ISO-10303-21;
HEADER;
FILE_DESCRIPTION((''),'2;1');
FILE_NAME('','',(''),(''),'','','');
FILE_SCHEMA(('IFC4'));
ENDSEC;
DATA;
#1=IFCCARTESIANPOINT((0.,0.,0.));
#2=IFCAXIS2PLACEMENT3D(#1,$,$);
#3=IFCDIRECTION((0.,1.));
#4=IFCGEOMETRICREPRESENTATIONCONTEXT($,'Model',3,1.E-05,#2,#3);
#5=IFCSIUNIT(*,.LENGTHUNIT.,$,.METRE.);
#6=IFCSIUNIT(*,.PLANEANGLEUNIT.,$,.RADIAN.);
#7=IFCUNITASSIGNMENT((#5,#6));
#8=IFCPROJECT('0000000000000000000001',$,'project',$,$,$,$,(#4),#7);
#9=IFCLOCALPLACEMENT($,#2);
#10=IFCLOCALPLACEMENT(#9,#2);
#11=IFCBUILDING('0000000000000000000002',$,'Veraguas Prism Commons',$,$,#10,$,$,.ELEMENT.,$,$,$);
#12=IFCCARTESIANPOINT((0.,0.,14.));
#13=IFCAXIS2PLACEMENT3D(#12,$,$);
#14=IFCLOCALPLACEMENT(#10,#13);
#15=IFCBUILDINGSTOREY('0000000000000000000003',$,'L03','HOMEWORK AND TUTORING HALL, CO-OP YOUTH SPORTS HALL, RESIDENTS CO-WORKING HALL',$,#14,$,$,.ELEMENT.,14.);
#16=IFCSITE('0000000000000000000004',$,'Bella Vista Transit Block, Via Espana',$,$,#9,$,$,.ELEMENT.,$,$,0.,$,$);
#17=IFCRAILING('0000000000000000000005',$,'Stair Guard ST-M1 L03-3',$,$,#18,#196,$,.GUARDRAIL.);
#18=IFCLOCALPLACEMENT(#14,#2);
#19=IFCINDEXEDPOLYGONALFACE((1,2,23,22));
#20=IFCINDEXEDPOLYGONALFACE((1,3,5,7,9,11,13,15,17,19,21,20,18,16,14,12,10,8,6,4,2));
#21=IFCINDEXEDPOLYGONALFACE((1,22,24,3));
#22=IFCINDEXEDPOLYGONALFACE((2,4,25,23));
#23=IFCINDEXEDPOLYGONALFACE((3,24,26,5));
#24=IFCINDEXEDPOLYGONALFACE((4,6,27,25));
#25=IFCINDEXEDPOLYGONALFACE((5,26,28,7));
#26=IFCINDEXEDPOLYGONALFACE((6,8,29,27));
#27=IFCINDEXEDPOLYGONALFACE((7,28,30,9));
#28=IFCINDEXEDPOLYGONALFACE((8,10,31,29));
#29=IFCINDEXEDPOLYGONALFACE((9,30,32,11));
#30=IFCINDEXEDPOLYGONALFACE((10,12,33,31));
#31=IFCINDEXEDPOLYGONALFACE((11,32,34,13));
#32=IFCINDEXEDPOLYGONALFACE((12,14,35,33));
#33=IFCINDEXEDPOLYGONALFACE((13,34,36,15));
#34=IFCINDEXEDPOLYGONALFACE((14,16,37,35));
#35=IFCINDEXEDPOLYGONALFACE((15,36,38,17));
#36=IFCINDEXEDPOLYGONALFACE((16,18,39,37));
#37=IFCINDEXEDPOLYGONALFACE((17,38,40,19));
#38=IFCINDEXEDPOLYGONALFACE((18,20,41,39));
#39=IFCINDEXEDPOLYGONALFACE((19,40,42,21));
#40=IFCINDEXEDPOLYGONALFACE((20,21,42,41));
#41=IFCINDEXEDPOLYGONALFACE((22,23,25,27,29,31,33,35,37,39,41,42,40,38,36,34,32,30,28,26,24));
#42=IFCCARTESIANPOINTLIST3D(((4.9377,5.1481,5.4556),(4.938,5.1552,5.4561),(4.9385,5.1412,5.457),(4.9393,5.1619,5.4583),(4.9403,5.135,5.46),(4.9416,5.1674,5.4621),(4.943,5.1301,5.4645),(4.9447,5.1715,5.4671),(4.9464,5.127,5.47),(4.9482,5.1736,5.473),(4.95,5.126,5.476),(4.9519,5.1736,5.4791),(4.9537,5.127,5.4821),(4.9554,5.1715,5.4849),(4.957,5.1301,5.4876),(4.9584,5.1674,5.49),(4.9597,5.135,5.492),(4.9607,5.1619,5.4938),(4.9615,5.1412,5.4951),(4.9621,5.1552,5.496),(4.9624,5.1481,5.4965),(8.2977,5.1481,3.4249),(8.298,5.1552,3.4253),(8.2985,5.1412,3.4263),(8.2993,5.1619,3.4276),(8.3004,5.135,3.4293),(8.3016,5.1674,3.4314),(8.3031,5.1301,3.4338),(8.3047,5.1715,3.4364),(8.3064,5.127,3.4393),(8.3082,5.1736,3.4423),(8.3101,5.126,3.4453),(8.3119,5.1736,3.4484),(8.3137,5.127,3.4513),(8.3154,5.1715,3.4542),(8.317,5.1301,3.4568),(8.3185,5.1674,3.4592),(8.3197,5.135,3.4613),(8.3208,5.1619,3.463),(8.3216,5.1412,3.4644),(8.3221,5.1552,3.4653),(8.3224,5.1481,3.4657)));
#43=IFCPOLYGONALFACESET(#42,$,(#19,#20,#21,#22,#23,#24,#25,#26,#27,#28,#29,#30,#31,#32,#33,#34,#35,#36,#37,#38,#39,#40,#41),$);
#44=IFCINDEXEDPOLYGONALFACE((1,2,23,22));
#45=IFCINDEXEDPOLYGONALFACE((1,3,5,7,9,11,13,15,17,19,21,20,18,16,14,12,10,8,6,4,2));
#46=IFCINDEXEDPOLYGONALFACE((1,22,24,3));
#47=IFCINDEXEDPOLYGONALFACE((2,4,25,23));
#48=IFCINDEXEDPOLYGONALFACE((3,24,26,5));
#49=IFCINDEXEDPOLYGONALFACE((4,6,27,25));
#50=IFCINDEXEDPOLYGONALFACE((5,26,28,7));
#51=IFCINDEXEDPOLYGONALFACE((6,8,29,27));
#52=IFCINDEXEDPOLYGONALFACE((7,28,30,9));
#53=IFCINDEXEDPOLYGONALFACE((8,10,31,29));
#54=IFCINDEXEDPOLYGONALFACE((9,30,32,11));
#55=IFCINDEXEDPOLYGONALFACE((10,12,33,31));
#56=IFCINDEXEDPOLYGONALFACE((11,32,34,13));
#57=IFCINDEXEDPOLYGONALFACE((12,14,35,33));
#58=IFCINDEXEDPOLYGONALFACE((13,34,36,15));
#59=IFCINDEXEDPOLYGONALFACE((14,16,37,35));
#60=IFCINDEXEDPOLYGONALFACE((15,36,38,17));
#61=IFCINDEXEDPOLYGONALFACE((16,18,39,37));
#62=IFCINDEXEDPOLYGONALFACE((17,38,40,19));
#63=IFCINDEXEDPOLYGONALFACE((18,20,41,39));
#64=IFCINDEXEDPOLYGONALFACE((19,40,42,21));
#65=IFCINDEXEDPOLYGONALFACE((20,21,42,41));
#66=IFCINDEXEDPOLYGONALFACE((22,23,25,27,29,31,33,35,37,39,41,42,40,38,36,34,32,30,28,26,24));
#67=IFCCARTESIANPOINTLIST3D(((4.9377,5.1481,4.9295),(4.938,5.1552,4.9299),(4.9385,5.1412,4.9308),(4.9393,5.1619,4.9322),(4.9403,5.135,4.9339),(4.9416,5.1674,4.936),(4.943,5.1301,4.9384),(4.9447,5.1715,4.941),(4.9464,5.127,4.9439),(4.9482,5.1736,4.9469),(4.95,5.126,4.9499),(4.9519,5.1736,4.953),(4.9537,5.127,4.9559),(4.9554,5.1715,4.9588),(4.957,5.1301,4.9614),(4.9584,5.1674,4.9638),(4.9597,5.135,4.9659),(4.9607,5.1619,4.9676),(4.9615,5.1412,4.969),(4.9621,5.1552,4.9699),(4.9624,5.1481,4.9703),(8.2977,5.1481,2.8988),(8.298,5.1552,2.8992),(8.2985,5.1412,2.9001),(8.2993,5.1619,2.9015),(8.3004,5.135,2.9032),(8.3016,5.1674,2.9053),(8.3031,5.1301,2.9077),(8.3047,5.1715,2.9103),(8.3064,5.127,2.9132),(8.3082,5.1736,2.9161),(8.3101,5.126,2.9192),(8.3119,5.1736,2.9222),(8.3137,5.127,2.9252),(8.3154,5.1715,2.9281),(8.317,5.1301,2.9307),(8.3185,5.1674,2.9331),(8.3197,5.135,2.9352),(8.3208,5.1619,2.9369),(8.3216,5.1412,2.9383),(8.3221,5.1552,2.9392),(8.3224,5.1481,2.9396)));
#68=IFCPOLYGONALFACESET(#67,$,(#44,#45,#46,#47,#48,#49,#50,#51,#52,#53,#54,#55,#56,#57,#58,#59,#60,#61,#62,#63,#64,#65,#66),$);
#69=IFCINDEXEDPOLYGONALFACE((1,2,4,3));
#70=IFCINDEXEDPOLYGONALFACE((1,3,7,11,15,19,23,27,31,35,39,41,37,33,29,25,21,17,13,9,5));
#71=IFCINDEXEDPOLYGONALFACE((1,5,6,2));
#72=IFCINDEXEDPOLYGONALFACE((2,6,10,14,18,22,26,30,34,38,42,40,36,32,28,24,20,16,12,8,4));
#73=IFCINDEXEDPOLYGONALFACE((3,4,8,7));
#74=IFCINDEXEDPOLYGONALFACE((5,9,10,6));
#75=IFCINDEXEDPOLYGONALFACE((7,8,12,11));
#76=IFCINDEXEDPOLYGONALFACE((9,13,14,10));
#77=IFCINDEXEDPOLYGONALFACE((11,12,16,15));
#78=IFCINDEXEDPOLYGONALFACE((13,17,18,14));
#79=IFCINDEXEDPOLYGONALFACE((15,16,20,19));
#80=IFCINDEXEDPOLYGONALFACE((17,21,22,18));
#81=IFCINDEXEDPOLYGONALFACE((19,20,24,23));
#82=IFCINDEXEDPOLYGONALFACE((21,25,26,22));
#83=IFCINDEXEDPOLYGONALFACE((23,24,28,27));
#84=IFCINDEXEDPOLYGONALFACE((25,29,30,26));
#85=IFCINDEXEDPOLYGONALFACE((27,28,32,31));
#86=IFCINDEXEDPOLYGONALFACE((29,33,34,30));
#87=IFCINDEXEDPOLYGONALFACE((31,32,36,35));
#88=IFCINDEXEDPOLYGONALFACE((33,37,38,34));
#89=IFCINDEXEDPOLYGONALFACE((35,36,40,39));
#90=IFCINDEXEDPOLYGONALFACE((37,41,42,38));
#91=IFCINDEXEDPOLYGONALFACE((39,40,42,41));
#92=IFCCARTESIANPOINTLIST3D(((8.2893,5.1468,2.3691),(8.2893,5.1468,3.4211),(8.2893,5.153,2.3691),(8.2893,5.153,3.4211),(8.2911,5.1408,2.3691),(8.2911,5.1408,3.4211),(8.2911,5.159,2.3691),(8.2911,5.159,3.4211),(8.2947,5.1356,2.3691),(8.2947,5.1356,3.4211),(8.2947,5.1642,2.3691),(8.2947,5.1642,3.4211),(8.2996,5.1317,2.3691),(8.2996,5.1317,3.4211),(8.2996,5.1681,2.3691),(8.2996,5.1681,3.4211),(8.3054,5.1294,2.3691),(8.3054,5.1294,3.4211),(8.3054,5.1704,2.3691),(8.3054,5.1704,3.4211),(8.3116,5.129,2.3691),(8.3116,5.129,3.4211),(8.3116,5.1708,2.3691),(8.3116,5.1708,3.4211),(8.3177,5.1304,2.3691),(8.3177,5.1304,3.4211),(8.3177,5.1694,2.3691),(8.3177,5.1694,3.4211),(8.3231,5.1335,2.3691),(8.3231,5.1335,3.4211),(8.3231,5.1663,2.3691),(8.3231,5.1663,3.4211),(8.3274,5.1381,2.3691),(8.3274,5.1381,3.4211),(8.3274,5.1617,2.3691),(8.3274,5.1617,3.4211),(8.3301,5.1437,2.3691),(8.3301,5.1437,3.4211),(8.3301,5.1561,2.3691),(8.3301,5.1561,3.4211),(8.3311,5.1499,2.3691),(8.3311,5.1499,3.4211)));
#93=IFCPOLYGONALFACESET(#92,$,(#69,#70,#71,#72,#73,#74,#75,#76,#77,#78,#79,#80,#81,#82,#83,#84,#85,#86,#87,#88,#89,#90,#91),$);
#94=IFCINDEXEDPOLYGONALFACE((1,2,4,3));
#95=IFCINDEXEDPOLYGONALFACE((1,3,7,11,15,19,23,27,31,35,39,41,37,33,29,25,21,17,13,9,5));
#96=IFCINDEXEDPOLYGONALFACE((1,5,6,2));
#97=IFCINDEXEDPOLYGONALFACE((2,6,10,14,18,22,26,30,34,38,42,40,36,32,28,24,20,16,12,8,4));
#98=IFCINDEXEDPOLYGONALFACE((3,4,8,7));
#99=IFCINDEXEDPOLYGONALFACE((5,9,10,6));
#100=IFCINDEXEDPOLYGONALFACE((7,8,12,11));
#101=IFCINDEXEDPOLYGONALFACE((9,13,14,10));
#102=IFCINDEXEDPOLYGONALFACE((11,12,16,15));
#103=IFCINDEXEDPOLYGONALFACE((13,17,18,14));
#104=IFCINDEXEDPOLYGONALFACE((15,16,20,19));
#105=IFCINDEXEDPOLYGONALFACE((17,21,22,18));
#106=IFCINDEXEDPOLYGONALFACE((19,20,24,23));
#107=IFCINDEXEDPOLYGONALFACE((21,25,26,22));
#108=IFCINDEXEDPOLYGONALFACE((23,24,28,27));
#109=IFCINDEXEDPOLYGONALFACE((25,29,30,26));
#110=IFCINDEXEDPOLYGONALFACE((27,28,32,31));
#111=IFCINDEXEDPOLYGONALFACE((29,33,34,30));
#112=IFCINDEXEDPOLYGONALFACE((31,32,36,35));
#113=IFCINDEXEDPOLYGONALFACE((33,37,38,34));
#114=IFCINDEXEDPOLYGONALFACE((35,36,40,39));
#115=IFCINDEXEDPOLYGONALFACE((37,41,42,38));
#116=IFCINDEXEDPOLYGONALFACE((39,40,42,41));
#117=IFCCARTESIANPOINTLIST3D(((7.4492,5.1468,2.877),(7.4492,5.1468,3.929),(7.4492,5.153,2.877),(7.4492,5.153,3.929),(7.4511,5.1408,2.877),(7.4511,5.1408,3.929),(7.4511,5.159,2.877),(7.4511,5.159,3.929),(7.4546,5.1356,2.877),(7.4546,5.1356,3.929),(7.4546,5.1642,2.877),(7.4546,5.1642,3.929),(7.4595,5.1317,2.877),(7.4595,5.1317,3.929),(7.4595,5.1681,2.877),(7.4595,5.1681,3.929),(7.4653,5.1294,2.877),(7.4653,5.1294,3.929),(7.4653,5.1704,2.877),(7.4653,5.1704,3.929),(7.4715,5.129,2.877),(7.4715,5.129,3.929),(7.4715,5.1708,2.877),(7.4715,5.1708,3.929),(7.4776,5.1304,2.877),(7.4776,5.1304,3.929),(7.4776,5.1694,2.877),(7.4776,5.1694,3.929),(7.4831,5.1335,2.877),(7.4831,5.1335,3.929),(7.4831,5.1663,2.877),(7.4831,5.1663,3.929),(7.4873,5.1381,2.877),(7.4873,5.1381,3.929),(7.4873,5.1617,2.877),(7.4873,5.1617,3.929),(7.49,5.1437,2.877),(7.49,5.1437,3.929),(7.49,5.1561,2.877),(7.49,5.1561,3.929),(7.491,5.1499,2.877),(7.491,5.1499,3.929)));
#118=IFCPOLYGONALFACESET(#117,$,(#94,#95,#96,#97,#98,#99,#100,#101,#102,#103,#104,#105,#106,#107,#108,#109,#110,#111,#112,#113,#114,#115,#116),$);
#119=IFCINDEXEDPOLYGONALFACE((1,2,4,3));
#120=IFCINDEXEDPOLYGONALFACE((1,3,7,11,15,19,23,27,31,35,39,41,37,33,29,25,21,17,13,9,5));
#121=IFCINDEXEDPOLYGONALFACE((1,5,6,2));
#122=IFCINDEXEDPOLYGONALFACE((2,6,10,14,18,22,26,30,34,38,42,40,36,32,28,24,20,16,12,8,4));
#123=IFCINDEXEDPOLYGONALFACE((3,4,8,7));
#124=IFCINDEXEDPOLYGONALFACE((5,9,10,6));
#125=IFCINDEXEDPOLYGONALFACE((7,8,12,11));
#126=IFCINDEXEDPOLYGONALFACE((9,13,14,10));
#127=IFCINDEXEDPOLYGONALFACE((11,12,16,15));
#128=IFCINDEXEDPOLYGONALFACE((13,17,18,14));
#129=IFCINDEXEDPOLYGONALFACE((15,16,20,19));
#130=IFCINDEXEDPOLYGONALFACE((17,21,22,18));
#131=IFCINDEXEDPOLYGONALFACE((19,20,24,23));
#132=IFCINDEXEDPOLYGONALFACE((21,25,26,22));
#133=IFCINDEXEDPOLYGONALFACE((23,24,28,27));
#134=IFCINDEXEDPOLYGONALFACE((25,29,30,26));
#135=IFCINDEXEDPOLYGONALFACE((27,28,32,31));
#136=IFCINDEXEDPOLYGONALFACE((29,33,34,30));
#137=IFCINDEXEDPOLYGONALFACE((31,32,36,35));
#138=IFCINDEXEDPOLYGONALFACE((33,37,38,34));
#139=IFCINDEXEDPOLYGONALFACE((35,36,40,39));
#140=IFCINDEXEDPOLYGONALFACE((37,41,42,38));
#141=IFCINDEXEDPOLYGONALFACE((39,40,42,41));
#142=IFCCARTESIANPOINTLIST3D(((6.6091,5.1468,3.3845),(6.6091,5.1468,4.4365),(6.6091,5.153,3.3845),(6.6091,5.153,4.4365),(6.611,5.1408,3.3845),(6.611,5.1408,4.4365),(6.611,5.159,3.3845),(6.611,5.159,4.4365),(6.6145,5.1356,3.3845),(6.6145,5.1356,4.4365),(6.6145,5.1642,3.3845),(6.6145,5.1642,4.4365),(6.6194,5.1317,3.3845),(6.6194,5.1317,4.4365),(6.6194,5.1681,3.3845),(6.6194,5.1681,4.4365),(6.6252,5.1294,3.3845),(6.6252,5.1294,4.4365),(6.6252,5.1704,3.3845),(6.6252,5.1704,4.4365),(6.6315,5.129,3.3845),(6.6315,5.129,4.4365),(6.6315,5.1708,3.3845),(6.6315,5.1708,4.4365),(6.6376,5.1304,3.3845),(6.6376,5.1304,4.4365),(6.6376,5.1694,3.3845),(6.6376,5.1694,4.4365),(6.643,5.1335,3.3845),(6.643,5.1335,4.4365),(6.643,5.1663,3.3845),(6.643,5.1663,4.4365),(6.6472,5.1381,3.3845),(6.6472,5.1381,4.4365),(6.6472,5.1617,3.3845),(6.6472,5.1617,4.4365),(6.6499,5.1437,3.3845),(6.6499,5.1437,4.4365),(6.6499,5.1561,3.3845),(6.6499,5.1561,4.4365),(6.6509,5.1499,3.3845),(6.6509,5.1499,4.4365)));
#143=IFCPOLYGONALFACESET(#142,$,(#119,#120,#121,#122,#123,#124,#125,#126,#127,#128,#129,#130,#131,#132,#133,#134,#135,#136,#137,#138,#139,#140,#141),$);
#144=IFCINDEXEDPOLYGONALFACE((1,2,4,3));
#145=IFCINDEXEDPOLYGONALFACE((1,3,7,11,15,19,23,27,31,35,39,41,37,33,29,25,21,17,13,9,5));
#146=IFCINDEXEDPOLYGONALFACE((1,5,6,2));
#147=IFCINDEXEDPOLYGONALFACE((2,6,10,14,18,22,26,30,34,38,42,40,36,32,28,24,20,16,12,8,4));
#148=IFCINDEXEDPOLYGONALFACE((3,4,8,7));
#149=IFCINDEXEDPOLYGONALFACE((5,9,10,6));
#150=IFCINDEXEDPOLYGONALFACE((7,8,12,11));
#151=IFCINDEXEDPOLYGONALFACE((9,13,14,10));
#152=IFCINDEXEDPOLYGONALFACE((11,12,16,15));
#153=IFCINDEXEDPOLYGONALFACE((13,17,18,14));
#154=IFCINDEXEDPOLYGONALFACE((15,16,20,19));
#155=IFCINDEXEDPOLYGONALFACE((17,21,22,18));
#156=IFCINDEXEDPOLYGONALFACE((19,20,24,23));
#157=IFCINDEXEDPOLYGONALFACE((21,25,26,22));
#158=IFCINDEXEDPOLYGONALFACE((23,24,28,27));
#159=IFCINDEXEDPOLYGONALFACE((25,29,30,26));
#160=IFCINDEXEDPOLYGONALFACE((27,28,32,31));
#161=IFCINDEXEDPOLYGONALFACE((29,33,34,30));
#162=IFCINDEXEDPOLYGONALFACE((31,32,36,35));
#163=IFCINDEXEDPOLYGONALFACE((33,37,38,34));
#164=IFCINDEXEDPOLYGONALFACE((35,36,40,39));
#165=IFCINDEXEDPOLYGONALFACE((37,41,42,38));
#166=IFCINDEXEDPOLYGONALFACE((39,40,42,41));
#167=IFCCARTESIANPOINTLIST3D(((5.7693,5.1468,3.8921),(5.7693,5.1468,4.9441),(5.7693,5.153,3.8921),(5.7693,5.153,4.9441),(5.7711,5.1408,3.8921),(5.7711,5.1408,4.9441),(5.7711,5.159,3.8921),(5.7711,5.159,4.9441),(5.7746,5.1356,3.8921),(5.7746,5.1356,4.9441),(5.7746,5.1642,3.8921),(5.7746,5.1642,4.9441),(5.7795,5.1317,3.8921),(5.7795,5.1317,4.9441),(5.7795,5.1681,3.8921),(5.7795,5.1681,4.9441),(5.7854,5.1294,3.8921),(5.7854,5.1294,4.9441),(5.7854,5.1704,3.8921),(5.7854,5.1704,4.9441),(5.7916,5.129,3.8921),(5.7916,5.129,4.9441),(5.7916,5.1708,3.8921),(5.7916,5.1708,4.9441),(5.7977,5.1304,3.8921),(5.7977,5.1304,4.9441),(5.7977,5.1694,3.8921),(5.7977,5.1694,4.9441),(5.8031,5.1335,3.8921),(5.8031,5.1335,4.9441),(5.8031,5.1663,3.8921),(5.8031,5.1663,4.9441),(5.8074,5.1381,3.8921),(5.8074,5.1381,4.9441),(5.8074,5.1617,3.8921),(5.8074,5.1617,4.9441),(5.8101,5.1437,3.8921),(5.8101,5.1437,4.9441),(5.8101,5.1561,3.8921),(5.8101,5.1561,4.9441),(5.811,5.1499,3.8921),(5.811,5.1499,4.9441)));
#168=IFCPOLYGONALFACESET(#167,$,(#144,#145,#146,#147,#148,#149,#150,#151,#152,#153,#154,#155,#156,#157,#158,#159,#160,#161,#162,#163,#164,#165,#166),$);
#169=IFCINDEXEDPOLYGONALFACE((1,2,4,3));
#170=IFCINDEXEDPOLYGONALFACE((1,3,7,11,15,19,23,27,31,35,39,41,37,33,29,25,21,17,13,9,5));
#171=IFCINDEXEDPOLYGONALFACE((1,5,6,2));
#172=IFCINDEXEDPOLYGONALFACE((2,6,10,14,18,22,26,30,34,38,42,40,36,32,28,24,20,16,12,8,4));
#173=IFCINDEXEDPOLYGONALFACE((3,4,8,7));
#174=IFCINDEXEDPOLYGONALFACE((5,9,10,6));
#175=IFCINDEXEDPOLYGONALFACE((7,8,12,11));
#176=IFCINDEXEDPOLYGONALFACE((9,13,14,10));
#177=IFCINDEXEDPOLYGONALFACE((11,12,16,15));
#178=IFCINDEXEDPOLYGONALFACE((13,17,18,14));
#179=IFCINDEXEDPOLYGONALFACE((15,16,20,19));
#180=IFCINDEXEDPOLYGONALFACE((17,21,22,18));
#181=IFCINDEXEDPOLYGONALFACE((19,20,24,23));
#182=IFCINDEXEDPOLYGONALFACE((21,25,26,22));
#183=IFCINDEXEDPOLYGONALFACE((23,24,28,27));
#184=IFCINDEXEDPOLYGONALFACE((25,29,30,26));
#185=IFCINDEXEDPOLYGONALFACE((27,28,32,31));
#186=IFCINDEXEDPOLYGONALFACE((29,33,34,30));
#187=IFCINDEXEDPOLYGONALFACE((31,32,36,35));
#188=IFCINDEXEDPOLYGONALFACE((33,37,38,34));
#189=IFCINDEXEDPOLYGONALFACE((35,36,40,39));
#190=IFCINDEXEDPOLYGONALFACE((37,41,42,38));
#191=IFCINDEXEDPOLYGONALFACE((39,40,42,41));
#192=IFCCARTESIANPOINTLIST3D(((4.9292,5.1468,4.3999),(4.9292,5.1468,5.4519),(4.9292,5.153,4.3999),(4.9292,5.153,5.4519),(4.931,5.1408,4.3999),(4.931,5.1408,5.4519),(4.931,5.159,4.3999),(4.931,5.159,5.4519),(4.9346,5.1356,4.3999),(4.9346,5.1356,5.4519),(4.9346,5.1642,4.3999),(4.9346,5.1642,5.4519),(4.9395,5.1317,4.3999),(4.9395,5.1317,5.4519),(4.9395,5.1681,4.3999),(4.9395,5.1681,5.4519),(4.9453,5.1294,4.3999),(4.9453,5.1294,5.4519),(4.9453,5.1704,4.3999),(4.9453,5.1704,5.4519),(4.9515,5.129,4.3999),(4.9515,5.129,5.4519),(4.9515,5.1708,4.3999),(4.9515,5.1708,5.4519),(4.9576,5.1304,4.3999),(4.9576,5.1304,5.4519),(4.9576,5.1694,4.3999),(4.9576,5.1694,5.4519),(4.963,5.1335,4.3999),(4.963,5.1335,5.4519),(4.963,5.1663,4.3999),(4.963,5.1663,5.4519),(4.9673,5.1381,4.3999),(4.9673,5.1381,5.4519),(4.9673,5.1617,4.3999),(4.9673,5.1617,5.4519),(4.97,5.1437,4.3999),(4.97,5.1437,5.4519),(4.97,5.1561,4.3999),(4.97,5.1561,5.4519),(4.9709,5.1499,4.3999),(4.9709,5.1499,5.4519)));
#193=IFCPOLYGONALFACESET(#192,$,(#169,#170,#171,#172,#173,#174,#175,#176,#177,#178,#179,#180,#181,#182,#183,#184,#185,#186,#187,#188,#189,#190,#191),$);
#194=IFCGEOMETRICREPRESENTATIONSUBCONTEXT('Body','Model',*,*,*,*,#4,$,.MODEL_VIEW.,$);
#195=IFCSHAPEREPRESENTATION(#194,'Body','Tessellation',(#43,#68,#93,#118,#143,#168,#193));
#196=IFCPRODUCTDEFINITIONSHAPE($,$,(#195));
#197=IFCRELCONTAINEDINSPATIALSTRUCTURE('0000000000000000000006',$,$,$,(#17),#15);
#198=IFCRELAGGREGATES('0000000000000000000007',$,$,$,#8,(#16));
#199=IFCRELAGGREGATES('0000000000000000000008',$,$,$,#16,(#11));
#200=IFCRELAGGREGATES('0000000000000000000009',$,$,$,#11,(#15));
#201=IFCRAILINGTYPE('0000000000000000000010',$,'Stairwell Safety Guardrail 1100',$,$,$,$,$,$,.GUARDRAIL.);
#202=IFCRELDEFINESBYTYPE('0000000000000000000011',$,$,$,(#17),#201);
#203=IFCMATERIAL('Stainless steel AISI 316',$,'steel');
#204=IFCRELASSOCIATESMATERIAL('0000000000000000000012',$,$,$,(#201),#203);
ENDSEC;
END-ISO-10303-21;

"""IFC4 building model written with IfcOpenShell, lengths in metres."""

from ifc_helpers import new_model, si_unit, direction, frame, origin, origin_2d, place, context, subcontext, project, spatial, circle, extrude, material, type_object, element, save


model = new_model("IFC4")

# Units and contexts
model_context = context("Model", 3, precision=1e-05, world=origin(), true_north=direction((0.0, 1.0)))
body_context = subcontext(model_context, "Body", "Model", "MODEL_VIEW")
ifc_project = project(units=[si_unit("LENGTHUNIT", "METRE"), si_unit("PLANEANGLEUNIT", "RADIAN")], contexts=[model_context])

# Site, building, storey
site_placement = place(None, origin())
site = spatial("IfcSite", under=ifc_project, at=site_placement, Name="Bella Vista Transit Block, Via Espana", CompositionType="ELEMENT", RefElevation=0.0)
building_placement = place(site_placement, origin())
building = spatial("IfcBuilding", under=site, at=building_placement, Name="Veraguas Prism Commons", CompositionType="ELEMENT")
storey_placement = place(building_placement, frame((0.0, 0.0, 14.0)))
storey = spatial("IfcBuildingStorey", under=building, at=storey_placement, Name="L03", Description="HOMEWORK AND TUTORING HALL, CO-OP YOUTH SPORTS HALL, RESIDENTS CO-WORKING HALL", CompositionType="ELEMENT", Elevation=14.0)

# Railing
ifc_material_1 = material(Name="Stainless steel AISI 316", Category="steel")
railing_type_1 = type_object("IfcRailingType", Name="Stairwell Safety Guardrail 1100", PredefinedType="GUARDRAIL", material=ifc_material_1)
railing_1_placement = place(storey_placement, frame((8.3101, 5.1499, 2.3691)))
element("IfcRailing", 1, at=railing_1_placement, inside=storey, type_object=railing_type_1, Name="Stair Guard ST-M1 L03-3", PredefinedType="GUARDRAIL", context=body_context, shape_type="SweptSolid", body=[
    extrude(circle(Radius=0.0239, at=origin_2d()), frame((0.0, 0.0, 1.0762), z_axis=(-0.855837, 0.0, 0.517246), x_axis=(0.0, -1.0, 0.0)), (0.0, 0.0, 1.0), 3.926),
    extrude(circle(Radius=0.0239, at=origin_2d()), frame((0.0, 0.0, 0.55), z_axis=(-0.855837, 0.0, 0.517246), x_axis=(0.0, -1.0, 0.0)), (0.0, 0.0, 1.0), 3.926),
    extrude(circle(Radius=0.021, at=origin_2d()), origin(), (0.0, 0.0, 1.0), 1.052),
    extrude(circle(Radius=0.021, at=origin_2d()), frame((-0.8401, 0.0, 0.5078)), (0.0, 0.0, 1.0), 1.052),
    extrude(circle(Radius=0.021, at=origin_2d()), frame((-1.6802, 0.0, 1.0154)), (0.0, 0.0, 1.0), 1.052),
    extrude(circle(Radius=0.021, at=origin_2d()), frame((-2.52, 0.0, 1.5229)), (0.0, 0.0, 1.0), 1.052),
    extrude(circle(Radius=0.021, at=origin_2d()), frame((-3.3601, 0.0, 2.0308)), (0.0, 0.0, 1.0), 1.052),
])

save(model, "model.ifc")
